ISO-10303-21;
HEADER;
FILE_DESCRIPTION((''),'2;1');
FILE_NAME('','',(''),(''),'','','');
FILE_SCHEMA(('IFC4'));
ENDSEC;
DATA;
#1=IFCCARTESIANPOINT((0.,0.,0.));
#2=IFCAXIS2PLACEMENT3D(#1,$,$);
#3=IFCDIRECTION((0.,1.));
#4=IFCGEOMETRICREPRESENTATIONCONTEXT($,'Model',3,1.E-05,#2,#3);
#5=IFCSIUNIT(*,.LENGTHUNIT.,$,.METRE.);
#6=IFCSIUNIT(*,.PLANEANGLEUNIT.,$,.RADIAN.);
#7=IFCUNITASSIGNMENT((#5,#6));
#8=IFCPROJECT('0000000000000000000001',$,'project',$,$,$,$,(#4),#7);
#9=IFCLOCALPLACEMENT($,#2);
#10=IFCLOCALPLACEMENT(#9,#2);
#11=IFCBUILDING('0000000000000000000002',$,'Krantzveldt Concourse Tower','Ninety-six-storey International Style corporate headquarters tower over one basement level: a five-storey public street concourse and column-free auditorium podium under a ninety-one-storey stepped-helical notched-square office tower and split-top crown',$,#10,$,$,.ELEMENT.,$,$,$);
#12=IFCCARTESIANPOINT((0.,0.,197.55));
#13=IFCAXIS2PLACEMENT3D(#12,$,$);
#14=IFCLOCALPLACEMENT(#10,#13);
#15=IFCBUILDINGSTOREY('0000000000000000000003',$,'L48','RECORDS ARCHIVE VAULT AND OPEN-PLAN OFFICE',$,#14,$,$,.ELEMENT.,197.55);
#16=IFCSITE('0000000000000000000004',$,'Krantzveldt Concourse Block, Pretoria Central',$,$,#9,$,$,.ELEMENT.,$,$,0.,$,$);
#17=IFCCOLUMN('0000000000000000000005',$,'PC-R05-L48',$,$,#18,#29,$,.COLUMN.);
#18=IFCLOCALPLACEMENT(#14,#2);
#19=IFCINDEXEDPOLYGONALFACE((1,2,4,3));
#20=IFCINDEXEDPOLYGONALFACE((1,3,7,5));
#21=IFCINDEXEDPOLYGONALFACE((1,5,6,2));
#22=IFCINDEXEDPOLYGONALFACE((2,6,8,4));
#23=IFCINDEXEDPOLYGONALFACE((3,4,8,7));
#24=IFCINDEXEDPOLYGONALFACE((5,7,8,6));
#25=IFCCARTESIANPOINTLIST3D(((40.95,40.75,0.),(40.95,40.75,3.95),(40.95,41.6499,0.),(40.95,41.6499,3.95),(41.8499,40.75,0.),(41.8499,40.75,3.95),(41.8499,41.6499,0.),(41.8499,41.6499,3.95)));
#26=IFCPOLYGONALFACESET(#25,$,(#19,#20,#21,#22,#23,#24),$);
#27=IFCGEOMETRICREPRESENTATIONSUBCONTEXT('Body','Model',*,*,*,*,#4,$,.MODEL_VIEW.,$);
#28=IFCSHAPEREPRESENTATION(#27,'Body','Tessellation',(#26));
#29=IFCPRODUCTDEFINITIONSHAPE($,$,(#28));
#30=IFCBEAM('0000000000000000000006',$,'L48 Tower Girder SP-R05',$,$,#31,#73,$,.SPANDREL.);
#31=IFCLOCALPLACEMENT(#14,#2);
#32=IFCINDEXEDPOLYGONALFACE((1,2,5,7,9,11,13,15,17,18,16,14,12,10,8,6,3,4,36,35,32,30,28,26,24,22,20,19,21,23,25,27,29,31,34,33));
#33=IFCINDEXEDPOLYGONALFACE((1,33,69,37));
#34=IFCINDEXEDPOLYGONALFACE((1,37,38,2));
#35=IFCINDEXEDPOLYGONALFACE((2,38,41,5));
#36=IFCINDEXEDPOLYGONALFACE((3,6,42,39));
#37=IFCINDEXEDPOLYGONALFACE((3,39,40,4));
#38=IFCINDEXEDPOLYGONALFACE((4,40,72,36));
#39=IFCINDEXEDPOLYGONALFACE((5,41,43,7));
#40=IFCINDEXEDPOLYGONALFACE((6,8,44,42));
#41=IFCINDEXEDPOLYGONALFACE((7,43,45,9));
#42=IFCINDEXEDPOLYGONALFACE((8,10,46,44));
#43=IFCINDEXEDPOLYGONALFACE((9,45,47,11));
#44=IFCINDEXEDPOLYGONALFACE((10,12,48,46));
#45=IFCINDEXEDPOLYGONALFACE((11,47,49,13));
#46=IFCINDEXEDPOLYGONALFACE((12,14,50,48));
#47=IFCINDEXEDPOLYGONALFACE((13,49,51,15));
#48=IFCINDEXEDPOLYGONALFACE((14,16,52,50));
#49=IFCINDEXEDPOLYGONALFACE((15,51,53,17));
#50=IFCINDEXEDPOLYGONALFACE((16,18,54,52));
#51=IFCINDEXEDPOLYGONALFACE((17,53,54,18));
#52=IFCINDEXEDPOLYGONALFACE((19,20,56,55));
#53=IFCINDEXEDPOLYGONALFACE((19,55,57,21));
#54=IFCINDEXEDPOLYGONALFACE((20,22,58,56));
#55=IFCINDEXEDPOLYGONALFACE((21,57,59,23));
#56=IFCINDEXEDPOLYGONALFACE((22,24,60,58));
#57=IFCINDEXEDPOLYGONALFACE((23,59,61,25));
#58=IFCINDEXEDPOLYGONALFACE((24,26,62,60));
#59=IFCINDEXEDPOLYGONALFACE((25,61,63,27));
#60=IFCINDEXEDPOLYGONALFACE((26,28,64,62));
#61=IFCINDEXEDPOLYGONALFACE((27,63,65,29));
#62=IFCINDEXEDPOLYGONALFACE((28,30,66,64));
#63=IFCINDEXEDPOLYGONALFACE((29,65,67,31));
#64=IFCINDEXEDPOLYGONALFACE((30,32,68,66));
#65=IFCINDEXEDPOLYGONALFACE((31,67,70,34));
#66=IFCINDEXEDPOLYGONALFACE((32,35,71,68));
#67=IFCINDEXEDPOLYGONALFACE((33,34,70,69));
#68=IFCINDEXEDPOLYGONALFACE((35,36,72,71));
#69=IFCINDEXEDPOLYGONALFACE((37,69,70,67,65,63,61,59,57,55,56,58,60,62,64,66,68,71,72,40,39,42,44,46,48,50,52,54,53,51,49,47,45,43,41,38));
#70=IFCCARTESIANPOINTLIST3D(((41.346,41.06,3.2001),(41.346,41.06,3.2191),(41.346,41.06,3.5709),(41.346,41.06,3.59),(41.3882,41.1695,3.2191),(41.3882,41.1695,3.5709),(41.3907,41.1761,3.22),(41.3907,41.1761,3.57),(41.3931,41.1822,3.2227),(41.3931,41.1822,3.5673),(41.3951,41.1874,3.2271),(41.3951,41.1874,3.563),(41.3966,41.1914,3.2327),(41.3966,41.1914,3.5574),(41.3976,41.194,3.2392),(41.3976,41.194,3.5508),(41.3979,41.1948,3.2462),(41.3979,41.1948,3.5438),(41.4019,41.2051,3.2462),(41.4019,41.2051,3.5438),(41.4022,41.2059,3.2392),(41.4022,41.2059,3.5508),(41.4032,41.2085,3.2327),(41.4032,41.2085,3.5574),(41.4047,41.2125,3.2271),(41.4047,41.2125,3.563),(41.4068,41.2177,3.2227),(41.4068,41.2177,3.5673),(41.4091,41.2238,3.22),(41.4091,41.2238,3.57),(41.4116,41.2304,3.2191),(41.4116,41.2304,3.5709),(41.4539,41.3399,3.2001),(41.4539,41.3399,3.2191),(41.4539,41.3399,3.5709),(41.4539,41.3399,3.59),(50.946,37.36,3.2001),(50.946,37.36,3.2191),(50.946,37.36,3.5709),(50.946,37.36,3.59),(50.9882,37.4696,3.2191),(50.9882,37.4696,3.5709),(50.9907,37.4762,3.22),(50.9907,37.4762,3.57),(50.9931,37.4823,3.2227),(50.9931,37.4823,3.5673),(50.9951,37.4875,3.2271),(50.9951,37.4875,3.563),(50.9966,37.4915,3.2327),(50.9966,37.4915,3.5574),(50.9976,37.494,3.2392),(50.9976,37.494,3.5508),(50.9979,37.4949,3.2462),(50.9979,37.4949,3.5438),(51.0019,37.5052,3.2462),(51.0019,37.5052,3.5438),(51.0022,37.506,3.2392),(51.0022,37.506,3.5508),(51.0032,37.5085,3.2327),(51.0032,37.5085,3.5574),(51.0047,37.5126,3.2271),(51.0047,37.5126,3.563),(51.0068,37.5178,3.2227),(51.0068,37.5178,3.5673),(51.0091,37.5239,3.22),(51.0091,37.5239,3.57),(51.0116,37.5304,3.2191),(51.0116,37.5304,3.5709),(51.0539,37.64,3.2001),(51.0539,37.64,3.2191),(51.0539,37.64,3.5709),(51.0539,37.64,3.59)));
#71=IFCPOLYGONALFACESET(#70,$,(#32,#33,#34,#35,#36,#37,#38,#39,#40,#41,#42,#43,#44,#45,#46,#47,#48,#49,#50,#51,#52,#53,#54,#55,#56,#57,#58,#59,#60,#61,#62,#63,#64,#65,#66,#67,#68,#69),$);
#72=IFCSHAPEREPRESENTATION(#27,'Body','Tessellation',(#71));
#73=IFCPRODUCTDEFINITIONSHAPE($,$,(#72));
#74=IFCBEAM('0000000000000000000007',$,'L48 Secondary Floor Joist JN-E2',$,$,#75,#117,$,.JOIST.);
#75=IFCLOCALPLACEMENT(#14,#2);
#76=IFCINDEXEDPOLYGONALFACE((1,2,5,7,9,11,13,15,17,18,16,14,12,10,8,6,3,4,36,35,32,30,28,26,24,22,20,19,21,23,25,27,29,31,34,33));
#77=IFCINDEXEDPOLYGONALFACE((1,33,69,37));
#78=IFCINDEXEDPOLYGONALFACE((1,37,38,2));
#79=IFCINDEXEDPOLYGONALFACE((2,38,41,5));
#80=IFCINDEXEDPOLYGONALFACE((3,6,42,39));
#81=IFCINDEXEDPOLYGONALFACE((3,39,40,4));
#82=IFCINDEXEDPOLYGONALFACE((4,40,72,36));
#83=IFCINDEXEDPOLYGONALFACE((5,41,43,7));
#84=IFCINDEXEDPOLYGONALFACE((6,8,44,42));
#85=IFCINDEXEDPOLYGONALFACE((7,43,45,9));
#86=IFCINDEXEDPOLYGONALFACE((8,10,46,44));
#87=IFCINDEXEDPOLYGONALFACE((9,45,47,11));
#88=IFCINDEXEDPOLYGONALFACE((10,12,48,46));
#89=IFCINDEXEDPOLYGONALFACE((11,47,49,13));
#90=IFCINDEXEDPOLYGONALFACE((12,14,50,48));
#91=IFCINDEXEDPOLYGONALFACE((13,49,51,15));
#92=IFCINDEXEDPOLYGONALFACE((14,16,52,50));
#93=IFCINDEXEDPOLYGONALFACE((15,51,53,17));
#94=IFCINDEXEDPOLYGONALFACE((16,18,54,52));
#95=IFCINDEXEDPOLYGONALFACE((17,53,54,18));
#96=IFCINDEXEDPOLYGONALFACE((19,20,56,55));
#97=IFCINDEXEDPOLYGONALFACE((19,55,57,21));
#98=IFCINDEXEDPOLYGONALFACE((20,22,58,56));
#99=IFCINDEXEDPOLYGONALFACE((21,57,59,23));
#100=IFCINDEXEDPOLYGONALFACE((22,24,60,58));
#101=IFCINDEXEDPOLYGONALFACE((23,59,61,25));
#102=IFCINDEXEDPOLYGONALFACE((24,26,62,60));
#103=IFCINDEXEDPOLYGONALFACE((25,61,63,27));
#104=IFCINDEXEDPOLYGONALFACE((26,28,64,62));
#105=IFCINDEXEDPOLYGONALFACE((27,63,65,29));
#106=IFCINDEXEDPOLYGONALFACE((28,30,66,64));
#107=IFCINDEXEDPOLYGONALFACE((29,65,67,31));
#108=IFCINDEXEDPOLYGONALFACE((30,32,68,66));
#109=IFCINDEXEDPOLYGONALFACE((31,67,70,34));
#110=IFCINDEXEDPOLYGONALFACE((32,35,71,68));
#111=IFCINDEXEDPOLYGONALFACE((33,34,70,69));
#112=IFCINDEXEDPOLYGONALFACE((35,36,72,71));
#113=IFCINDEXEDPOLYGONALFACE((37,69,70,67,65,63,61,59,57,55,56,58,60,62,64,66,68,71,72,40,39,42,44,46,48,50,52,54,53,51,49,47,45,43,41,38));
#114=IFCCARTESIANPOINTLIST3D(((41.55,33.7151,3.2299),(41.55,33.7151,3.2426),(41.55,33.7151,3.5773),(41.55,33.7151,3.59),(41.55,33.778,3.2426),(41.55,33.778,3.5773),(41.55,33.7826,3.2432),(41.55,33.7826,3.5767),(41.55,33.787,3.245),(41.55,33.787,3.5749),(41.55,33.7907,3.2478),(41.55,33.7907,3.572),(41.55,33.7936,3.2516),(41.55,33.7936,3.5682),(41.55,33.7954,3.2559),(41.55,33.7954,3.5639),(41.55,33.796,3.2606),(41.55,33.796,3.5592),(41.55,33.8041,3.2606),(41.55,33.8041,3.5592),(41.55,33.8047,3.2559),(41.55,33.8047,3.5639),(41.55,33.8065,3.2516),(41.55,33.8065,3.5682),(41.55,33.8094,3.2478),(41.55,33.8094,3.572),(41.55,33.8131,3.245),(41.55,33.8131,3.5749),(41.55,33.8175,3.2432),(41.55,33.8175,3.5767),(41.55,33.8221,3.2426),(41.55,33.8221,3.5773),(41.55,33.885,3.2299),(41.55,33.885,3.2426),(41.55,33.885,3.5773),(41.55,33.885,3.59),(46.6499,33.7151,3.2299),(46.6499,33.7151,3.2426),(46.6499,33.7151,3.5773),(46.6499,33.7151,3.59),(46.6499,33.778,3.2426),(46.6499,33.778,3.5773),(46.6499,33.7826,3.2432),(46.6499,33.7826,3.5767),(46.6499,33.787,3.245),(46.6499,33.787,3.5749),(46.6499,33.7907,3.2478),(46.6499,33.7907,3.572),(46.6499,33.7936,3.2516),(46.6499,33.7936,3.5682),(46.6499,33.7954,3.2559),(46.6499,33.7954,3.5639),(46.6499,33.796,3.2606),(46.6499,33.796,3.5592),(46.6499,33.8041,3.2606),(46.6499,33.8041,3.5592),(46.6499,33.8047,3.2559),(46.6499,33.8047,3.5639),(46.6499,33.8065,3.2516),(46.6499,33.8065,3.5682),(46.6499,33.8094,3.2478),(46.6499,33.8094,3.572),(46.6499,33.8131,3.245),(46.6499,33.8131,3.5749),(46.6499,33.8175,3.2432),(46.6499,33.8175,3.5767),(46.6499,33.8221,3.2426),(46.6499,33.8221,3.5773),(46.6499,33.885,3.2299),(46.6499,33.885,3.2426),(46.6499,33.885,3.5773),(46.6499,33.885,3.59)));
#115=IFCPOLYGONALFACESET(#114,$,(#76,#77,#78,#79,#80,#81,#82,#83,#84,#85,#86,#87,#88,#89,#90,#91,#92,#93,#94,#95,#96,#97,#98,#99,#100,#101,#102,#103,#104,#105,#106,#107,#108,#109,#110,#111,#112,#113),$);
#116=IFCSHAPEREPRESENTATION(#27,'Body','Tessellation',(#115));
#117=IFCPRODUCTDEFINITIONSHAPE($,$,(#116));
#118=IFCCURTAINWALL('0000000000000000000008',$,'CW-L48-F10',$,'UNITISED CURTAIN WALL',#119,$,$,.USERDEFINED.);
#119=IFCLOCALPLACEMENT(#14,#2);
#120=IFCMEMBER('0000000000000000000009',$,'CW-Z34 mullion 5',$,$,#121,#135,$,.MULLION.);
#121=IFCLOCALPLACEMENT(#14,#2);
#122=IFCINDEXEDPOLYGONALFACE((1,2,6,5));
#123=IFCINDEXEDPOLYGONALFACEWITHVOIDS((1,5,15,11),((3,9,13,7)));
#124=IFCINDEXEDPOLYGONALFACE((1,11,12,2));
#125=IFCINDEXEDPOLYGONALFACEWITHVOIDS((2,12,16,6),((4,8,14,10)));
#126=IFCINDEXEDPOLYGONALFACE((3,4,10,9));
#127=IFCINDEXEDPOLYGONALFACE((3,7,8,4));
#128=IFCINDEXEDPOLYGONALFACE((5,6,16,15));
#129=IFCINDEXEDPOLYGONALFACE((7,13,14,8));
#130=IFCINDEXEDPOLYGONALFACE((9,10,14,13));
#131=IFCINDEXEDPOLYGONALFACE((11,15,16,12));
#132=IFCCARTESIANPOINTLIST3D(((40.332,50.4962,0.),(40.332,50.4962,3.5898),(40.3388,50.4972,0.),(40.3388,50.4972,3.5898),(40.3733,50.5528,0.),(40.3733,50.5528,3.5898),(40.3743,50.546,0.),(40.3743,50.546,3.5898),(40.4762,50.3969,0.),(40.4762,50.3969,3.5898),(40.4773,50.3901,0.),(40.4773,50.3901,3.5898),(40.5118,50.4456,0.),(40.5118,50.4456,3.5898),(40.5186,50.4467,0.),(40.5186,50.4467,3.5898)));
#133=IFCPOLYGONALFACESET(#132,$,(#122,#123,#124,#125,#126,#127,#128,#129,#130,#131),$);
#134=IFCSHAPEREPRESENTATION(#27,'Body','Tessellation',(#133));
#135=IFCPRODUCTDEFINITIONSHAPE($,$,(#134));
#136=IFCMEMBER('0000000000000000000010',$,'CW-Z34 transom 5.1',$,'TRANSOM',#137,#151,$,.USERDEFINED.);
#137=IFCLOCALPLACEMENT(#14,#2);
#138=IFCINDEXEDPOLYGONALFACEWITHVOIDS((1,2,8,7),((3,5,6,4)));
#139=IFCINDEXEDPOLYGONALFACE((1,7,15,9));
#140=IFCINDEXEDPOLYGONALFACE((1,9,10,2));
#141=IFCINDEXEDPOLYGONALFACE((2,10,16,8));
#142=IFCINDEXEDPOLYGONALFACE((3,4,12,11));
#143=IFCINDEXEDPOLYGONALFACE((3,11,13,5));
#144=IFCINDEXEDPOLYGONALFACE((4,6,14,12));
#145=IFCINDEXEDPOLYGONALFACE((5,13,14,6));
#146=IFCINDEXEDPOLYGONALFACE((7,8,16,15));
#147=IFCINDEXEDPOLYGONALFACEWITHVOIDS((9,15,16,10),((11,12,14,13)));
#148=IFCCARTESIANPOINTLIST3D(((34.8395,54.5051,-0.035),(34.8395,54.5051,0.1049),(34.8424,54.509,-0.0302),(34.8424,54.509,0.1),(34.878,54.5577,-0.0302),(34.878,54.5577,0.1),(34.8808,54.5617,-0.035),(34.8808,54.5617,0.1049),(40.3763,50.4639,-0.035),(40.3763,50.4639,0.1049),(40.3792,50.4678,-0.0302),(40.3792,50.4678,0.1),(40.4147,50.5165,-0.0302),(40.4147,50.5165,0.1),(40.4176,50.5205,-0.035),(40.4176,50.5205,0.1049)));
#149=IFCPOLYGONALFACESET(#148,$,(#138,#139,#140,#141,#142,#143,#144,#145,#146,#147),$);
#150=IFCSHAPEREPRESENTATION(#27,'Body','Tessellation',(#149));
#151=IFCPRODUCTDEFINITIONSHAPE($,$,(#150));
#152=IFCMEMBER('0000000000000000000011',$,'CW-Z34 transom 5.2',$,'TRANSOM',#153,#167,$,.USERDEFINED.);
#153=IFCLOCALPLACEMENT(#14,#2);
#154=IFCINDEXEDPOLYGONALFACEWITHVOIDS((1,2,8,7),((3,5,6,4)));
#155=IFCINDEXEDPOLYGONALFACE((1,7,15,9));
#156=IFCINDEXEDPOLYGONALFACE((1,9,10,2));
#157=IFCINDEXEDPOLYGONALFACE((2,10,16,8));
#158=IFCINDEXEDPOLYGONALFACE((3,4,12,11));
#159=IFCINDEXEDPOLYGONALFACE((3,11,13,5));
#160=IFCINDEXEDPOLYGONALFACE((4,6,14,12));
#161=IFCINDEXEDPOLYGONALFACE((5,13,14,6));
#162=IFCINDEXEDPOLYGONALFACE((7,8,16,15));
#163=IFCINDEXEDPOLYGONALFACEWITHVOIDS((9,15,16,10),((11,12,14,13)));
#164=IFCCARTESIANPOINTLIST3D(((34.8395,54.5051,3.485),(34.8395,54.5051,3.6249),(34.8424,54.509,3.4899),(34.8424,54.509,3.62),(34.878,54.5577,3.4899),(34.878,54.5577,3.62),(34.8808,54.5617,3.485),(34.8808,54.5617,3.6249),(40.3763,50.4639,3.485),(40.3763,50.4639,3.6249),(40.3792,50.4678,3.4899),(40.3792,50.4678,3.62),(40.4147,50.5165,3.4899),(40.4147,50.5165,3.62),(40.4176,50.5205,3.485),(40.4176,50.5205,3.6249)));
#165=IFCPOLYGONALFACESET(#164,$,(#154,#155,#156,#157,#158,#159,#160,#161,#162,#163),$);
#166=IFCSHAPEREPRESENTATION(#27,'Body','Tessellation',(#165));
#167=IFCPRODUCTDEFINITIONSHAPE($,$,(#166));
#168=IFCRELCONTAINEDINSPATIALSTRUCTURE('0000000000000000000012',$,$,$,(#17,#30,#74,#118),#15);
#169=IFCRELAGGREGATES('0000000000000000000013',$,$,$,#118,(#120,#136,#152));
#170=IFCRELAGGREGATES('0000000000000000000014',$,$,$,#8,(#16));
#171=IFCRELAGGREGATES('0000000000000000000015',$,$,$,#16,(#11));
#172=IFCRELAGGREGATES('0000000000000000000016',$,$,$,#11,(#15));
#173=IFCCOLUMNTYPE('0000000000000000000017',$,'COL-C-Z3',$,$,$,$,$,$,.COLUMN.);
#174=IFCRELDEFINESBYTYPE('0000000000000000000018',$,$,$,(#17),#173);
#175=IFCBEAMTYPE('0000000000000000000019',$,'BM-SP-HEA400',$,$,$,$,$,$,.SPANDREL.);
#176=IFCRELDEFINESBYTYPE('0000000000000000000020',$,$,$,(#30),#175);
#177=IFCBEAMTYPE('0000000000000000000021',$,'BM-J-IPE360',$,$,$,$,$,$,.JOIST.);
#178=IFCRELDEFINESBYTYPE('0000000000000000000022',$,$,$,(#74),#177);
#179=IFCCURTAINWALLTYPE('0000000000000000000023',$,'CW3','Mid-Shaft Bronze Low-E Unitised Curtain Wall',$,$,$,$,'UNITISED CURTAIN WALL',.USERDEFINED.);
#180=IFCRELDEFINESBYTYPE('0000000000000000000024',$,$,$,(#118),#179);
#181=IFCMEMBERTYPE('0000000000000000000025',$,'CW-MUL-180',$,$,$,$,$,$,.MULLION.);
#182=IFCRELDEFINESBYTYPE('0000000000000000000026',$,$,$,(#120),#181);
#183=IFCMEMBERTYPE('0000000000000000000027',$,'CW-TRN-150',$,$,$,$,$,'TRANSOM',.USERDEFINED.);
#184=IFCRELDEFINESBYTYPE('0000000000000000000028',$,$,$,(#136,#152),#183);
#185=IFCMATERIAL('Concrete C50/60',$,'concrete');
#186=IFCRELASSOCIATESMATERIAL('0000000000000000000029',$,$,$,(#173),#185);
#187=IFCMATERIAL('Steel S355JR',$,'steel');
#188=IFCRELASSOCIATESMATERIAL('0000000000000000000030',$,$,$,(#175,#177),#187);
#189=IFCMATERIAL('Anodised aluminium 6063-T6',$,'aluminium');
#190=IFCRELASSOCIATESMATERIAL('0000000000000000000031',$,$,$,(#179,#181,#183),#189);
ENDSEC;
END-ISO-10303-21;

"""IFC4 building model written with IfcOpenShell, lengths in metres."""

from ifc_helpers import new_model, si_unit, direction, frame, origin, origin_2d, place, context, subcontext, project, spatial, rectangle, hollow_rectangle, i_section, extrude, source, transform, mapped, material, material_profile, profile_set, type_object, type_shapes, element, aggregate, save


model = new_model("IFC4")

# Units and contexts
model_context = context("Model", 3, precision=1e-05, world=origin(), true_north=direction((0.0, 1.0)))
body_context = subcontext(model_context, "Body", "Model", "MODEL_VIEW")
ifc_project = project(units=[si_unit("LENGTHUNIT", "METRE"), si_unit("PLANEANGLEUNIT", "RADIAN")], contexts=[model_context])

# Site, building, storey
site_placement = place(None, origin())
site = spatial("IfcSite", under=ifc_project, at=site_placement, Name="Krantzveldt Concourse Block, Pretoria Central", CompositionType="ELEMENT", RefElevation=0.0)
building_placement = place(site_placement, origin())
building = spatial("IfcBuilding", under=site, at=building_placement, Name="Krantzveldt Concourse Tower", Description="Ninety-six-storey International Style corporate headquarters tower over one basement level: a five-storey public street concourse and column-free auditorium podium under a ninety-one-storey stepped-helical notched-square office tower and split-top crown", CompositionType="ELEMENT")
storey_placement = place(building_placement, frame((0.0, 0.0, 197.55)))
storey = spatial("IfcBuildingStorey", under=building, at=storey_placement, Name="L48", Description="RECORDS ARCHIVE VAULT AND OPEN-PLAN OFFICE", CompositionType="ELEMENT", Elevation=197.55)

# Column
ifc_material_1 = material(Name="Concrete C50/60", Category="concrete")
ifc_material_profile_1 = material_profile(ifc_material_1, rectangle(XDim=0.8999, YDim=0.8999, at=origin_2d()), Name="Concrete C50/60", Category="concrete")
ifc_profile_set_1 = profile_set([ifc_material_profile_1], Name="Concrete C50/60 - RC 900x900")
column_type = type_object("IfcColumnType", Name="COL-C-Z3", PredefinedType="COLUMN", material=ifc_profile_set_1)
shared_shape_1 = source(origin(), body_context, "Body", "SweptSolid", [
    extrude(rectangle(XDim=0.8999, YDim=0.8999, at=origin_2d()), origin(), (0.0, 0.0, 1.0), 3.95),
])
type_shapes(column_type, [shared_shape_1])
column_placement = place(storey_placement, frame((41.3999, 41.2, 0.0), z_axis=(0.0, 0.0, 1.0), x_axis=(1.0, 0.0, 0.0)))
element("IfcColumn", 1, at=column_placement, inside=storey, type_object=column_type, Name="PC-R05-L48", PredefinedType="COLUMN", context=body_context, shape_type="MappedRepresentation", body=[
    mapped(shared_shape_1, transform((0.0, 0.0, 0.0), x_axis=(1.0, 0.0, 0.0), y_axis=(0.0, 1.0, 0.0), z_axis=(0.0, 0.0, 1.0), scale=1.0)),
])

# Beams
ifc_material_2 = material(Name="Steel S355JR", Category="steel")
ifc_material_profile_2 = material_profile(ifc_material_2, i_section(OverallWidth=0.3, OverallDepth=0.3899, WebThickness=0.011, FlangeThickness=0.019, FilletRadius=0.0271, at=origin_2d()), Name="Steel S355JR", Category="steel")
ifc_profile_set_2 = profile_set([ifc_material_profile_2], Name="Steel S355JR - HEA 400")
beam_type_1 = type_object("IfcBeamType", Name="BM-SP-HEA400", PredefinedType="SPANDREL", material=ifc_profile_set_2)
shared_shape_2 = source(origin(), body_context, "Body", "SweptSolid", [
    extrude(i_section(OverallWidth=0.3, OverallDepth=0.3899, WebThickness=0.011, FlangeThickness=0.019, FilletRadius=0.0271, at=origin_2d()), origin(), (0.0, 0.0, 1.0), 10.2883),
])
type_shapes(beam_type_1, [shared_shape_2])
beam_1_placement = place(storey_placement, frame((41.3999, 41.2, 3.395), z_axis=(0.933098, -0.359623, 0.0), x_axis=(0.359623, 0.933098, 0.0)))
element("IfcBeam", 2, at=beam_1_placement, inside=storey, type_object=beam_type_1, Name="L48 Tower Girder SP-R05", PredefinedType="SPANDREL", context=body_context, shape_type="MappedRepresentation", body=[
    mapped(shared_shape_2, transform((0.0, 0.0, 0.0), x_axis=(1.0, 0.0, 0.0), y_axis=(0.0, 1.0, 0.0), z_axis=(0.0, 0.0, 1.0), scale=1.0)),
])
ifc_material_profile_3 = material_profile(ifc_material_2, i_section(OverallWidth=0.1699, OverallDepth=0.3601, WebThickness=0.0081, FlangeThickness=0.0127, FilletRadius=0.0181, at=origin_2d()), Name="Steel S355JR", Category="steel")
ifc_profile_set_3 = profile_set([ifc_material_profile_3], Name="Steel S355JR - IPE 360")
beam_type_2 = type_object("IfcBeamType", Name="BM-J-IPE360", PredefinedType="JOIST", material=ifc_profile_set_3)
shared_shape_3 = source(origin(), body_context, "Body", "SweptSolid", [
    extrude(i_section(OverallWidth=0.1699, OverallDepth=0.3601, WebThickness=0.0081, FlangeThickness=0.0127, FilletRadius=0.0181, at=origin_2d()), origin(), (0.0, 0.0, 1.0), 5.0999),
])
type_shapes(beam_type_2, [shared_shape_3])
beam_2_placement = place(storey_placement, frame((41.55, 33.8, 3.4099), z_axis=(1.0, 0.0, 0.0), x_axis=(0.0, 1.0, 0.0)))
element("IfcBeam", 3, at=beam_2_placement, inside=storey, type_object=beam_type_2, Name="L48 Secondary Floor Joist JN-E2", PredefinedType="JOIST", context=body_context, shape_type="MappedRepresentation", body=[
    mapped(shared_shape_3, transform((0.0, 0.0, 0.0), x_axis=(1.0, 0.0, 0.0), y_axis=(0.0, 1.0, 0.0), z_axis=(0.0, 0.0, 1.0), scale=1.0)),
])

# Curtain wall, members
ifc_material_3 = material(Name="Anodised aluminium 6063-T6", Category="aluminium")
curtain_wall_type = type_object("IfcCurtainWallType", Name="CW3", Description="Mid-Shaft Bronze Low-E Unitised Curtain Wall", ElementType="UNITISED CURTAIN WALL", PredefinedType="USERDEFINED", material=ifc_material_3)
curtain_wall_placement = place(storey_placement, origin())
curtain_wall = element("IfcCurtainWall", 4, at=curtain_wall_placement, inside=storey, type_object=curtain_wall_type, Name="CW-L48-F10", ObjectType="UNITISED CURTAIN WALL", PredefinedType="USERDEFINED")
ifc_material_profile_4 = material_profile(ifc_material_3, hollow_rectangle(XDim=0.0701, YDim=0.1799, WallThickness=0.0049, at=origin_2d()), Name="Anodised aluminium 6063-T6", Category="aluminium")
ifc_profile_set_4 = profile_set([ifc_material_profile_4], Name="Anodised aluminium 6063-T6 - ALU-MULL 180x70x5")
member_type_1 = type_object("IfcMemberType", Name="CW-MUL-180", PredefinedType="MULLION", material=ifc_profile_set_4)
shared_shape_4 = source(origin(), body_context, "Body", "SweptSolid", [
    extrude(hollow_rectangle(XDim=0.0701, YDim=0.1799, WallThickness=0.0049, at=origin_2d()), origin(), (0.0, 0.0, 1.0), 3.5898),
])
type_shapes(member_type_1, [shared_shape_4])
member_1_placement = place(storey_placement, frame((40.4253, 50.4714, 0.0), z_axis=(0.0, 0.0, 1.0), x_axis=(-0.589549, -0.807733, 0.0)))
member_1 = element("IfcMember", 5, at=member_1_placement, type_object=member_type_1, Name="CW-Z34 mullion 5", PredefinedType="MULLION", context=body_context, shape_type="MappedRepresentation", body=[
    mapped(shared_shape_4, transform((0.0, 0.0, 0.0), x_axis=(1.0, 0.0, 0.0), y_axis=(0.0, 1.0, 0.0), z_axis=(0.0, 0.0, 1.0), scale=1.0)),
])
ifc_material_profile_5 = material_profile(ifc_material_3, hollow_rectangle(XDim=0.0701, YDim=0.1399, WallThickness=0.0049, at=origin_2d()), Name="Anodised aluminium 6063-T6", Category="aluminium")
ifc_profile_set_5 = profile_set([ifc_material_profile_5], Name="Anodised aluminium 6063-T6 - ALU-TRAN 140x70x5")
member_type_2 = type_object("IfcMemberType", Name="CW-TRN-150", ElementType="TRANSOM", PredefinedType="USERDEFINED", material=ifc_profile_set_5)
shared_shape_5 = source(origin(), body_context, "Body", "SweptSolid", [
    extrude(hollow_rectangle(XDim=0.0701, YDim=0.1399, WallThickness=0.0049, at=origin_2d()), origin(), (0.0, 0.0, 1.0), 6.8547),
])
type_shapes(member_type_2, [shared_shape_5])
member_2_placement = place(storey_placement, frame((40.397, 50.4922, 0.0349), z_axis=(-0.807732, 0.589549, 0.0), x_axis=(-0.589549, -0.807732, 0.0)))
member_2 = element("IfcMember", 6, at=member_2_placement, type_object=member_type_2, Name="CW-Z34 transom 5.1", ObjectType="TRANSOM", PredefinedType="USERDEFINED", context=body_context, shape_type="MappedRepresentation", body=[
    mapped(shared_shape_5, transform((0.0, 0.0, 0.0), x_axis=(1.0, 0.0, 0.0), y_axis=(0.0, 1.0, 0.0), z_axis=(0.0, 0.0, 1.0), scale=1.0)),
])
member_3_placement = place(storey_placement, frame((40.397, 50.4922, 3.5549), z_axis=(-0.807732, 0.589549, 0.0), x_axis=(-0.589549, -0.807732, 0.0)))
member_3 = element("IfcMember", 7, at=member_3_placement, type_object=member_type_2, Name="CW-Z34 transom 5.2", ObjectType="TRANSOM", PredefinedType="USERDEFINED", context=body_context, shape_type="MappedRepresentation", body=[
    mapped(shared_shape_5, transform((0.0, 0.0, 0.0), x_axis=(1.0, 0.0, 0.0), y_axis=(0.0, 1.0, 0.0), z_axis=(0.0, 0.0, 1.0), scale=1.0)),
])
aggregate(curtain_wall, [member_1, member_2, member_3])

save(model, "model.ifc")
